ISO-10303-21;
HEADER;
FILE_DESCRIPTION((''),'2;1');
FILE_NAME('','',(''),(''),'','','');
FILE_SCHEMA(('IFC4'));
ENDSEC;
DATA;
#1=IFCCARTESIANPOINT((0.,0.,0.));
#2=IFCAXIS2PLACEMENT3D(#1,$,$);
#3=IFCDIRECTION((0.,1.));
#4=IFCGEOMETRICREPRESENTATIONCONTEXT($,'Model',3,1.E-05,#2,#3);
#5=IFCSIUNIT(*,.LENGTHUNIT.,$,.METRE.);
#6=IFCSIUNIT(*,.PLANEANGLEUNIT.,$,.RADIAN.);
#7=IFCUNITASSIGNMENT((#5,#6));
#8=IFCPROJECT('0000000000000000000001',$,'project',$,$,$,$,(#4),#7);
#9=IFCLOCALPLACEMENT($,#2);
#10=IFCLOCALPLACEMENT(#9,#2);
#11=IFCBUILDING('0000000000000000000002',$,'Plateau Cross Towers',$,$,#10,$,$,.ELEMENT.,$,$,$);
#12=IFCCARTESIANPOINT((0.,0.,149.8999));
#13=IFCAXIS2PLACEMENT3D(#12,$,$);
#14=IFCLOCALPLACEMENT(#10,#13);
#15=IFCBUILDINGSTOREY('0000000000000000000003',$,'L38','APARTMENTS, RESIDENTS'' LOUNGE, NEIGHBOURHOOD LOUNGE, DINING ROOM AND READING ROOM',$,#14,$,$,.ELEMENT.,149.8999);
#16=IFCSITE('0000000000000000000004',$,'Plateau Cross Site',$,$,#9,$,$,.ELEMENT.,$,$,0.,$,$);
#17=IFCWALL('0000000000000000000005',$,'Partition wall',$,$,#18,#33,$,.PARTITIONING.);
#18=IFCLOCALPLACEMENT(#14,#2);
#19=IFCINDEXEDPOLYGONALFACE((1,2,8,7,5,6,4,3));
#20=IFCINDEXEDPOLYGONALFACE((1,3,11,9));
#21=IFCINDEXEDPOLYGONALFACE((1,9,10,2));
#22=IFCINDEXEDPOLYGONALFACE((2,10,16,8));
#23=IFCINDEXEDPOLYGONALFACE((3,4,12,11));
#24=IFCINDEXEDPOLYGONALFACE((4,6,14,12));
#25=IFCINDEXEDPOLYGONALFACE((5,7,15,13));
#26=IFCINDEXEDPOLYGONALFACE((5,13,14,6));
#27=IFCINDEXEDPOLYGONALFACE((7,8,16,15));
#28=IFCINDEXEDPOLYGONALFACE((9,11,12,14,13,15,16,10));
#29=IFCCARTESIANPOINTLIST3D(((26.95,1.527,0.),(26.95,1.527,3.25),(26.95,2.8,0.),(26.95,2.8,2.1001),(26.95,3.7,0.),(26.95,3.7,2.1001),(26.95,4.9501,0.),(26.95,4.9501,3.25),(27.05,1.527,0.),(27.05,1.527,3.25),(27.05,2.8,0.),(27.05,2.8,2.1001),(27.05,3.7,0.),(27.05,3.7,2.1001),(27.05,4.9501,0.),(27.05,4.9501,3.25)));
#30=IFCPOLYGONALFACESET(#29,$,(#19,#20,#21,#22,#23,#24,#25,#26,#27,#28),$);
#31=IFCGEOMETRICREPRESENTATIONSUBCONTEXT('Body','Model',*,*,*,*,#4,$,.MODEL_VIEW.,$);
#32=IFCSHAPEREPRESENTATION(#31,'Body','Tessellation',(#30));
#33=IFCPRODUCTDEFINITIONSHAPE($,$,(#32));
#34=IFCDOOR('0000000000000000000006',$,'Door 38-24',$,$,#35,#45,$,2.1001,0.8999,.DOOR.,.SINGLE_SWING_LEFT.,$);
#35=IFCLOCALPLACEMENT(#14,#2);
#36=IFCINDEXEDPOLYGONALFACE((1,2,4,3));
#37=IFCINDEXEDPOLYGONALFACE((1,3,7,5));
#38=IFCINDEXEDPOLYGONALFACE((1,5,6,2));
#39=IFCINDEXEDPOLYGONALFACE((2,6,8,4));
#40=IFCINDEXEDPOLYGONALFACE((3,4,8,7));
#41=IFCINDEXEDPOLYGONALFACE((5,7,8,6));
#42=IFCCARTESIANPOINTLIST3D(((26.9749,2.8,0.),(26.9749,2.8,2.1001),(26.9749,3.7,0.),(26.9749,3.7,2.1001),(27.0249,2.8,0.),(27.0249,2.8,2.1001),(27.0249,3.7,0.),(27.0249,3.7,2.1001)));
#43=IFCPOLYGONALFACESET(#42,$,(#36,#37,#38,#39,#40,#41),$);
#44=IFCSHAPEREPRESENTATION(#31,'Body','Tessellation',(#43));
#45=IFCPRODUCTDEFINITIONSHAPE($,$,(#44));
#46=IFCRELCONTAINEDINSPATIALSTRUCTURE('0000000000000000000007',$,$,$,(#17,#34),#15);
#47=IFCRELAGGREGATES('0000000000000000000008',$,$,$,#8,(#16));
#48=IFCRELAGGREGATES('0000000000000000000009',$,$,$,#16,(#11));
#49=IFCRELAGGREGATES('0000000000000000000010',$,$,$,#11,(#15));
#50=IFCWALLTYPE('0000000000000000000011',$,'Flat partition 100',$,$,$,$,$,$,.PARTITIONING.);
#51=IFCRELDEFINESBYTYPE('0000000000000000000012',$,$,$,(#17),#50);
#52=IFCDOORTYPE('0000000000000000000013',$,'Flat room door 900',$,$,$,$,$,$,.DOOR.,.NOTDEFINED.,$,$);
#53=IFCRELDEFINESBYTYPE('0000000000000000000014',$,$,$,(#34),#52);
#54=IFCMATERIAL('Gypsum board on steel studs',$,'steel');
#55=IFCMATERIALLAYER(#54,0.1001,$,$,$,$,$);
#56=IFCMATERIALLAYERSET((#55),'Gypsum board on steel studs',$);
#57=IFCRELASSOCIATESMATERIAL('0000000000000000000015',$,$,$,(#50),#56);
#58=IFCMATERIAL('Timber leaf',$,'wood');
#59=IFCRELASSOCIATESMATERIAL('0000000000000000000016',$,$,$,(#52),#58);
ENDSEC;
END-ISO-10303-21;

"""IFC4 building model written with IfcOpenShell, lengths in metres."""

from ifc_helpers import new_model, si_unit, direction, frame, frame_2d, origin, place, context, subcontext, project, spatial, rectangle, extrude, material, layer, layer_set, type_object, element, fill, save


model = new_model("IFC4")

# Units and contexts
model_context = context("Model", 3, precision=1e-05, world=origin(), true_north=direction((0.0, 1.0)))
body_context = subcontext(model_context, "Body", "Model", "MODEL_VIEW")
ifc_project = project(units=[si_unit("LENGTHUNIT", "METRE"), si_unit("PLANEANGLEUNIT", "RADIAN")], contexts=[model_context])

# Site, building, storey
site_placement = place(None, origin())
site = spatial("IfcSite", under=ifc_project, at=site_placement, Name="Plateau Cross Site", CompositionType="ELEMENT", RefElevation=0.0)
building_placement = place(site_placement, origin())
building = spatial("IfcBuilding", under=site, at=building_placement, Name="Plateau Cross Towers", CompositionType="ELEMENT")
storey_placement = place(building_placement, frame((0.0, 0.0, 149.8999)))
storey = spatial("IfcBuildingStorey", under=building, at=storey_placement, Name="L38", Description="APARTMENTS, RESIDENTS' LOUNGE, NEIGHBOURHOOD LOUNGE, DINING ROOM AND READING ROOM", CompositionType="ELEMENT", Elevation=149.8999)

# Shared definitions
ifc_material_1 = material(Name="Gypsum board on steel studs", Category="steel")
ifc_layer_1 = layer(ifc_material_1, 0.1001)
ifc_layer_set_1 = layer_set([ifc_layer_1], Name="Gypsum board on steel studs")
wall_type_1 = type_object("IfcWallType", Name="Flat partition 100", PredefinedType="PARTITIONING", material=ifc_layer_set_1)

# Wall, opening, door
ifc_material_2 = material(Name="Timber leaf", Category="wood")
door_type_1 = type_object("IfcDoorType", Name="Flat room door 900", OperationType="NOTDEFINED", PredefinedType="DOOR", material=ifc_material_2)
wall_1_placement = place(storey_placement, frame((27.0, 4.95, 0.0), z_axis=(0.0, 0.0, 1.0), x_axis=(0.0, -1.0, 0.0)))
wall_1 = element("IfcWall", 1, at=wall_1_placement, inside=storey, type_object=wall_type_1, Name="Partition wall", PredefinedType="PARTITIONING", context=body_context, shape_type="SweptSolid", body=[
    extrude(rectangle(XDim=3.4231, YDim=0.1001, at=frame_2d((1.7114, 0.0))), origin(), (0.0, 0.0, 1.0), 3.25),
])
opening_1_placement = place(wall_1_placement, frame((1.25, 0.0, 0.0)))
opening_1 = element("IfcOpeningElement", 2, at=opening_1_placement, cuts=wall_1, PredefinedType="OPENING", context=body_context, shape_type="SweptSolid", body=[
    extrude(rectangle(XDim=0.8999, YDim=2.1001, at=frame_2d((0.45, 1.05))), frame((0.0, 0.0601, 0.0), z_axis=(0.0, -1.0, 0.0), x_axis=(1.0, 0.0, 0.0)), (0.0, 0.0, 1.0), 0.1201),
])
door_1_placement = place(opening_1_placement, origin())
door_1 = element("IfcDoor", 3, at=door_1_placement, inside=storey, type_object=door_type_1, Name="Door 38-24", OperationType="SINGLE_SWING_LEFT", OverallHeight=2.1001, OverallWidth=0.8999, PredefinedType="DOOR", context=body_context, shape_type="SweptSolid", body=[
    extrude(rectangle(XDim=0.8999, YDim=2.1001, at=frame_2d((0.45, 1.05))), frame((0.0, 0.0249, 0.0), z_axis=(0.0, -1.0, 0.0), x_axis=(1.0, 0.0, 0.0)), (0.0, 0.0, 1.0), 0.05),
])
fill(opening_1, door_1)

save(model, "model.ifc")
